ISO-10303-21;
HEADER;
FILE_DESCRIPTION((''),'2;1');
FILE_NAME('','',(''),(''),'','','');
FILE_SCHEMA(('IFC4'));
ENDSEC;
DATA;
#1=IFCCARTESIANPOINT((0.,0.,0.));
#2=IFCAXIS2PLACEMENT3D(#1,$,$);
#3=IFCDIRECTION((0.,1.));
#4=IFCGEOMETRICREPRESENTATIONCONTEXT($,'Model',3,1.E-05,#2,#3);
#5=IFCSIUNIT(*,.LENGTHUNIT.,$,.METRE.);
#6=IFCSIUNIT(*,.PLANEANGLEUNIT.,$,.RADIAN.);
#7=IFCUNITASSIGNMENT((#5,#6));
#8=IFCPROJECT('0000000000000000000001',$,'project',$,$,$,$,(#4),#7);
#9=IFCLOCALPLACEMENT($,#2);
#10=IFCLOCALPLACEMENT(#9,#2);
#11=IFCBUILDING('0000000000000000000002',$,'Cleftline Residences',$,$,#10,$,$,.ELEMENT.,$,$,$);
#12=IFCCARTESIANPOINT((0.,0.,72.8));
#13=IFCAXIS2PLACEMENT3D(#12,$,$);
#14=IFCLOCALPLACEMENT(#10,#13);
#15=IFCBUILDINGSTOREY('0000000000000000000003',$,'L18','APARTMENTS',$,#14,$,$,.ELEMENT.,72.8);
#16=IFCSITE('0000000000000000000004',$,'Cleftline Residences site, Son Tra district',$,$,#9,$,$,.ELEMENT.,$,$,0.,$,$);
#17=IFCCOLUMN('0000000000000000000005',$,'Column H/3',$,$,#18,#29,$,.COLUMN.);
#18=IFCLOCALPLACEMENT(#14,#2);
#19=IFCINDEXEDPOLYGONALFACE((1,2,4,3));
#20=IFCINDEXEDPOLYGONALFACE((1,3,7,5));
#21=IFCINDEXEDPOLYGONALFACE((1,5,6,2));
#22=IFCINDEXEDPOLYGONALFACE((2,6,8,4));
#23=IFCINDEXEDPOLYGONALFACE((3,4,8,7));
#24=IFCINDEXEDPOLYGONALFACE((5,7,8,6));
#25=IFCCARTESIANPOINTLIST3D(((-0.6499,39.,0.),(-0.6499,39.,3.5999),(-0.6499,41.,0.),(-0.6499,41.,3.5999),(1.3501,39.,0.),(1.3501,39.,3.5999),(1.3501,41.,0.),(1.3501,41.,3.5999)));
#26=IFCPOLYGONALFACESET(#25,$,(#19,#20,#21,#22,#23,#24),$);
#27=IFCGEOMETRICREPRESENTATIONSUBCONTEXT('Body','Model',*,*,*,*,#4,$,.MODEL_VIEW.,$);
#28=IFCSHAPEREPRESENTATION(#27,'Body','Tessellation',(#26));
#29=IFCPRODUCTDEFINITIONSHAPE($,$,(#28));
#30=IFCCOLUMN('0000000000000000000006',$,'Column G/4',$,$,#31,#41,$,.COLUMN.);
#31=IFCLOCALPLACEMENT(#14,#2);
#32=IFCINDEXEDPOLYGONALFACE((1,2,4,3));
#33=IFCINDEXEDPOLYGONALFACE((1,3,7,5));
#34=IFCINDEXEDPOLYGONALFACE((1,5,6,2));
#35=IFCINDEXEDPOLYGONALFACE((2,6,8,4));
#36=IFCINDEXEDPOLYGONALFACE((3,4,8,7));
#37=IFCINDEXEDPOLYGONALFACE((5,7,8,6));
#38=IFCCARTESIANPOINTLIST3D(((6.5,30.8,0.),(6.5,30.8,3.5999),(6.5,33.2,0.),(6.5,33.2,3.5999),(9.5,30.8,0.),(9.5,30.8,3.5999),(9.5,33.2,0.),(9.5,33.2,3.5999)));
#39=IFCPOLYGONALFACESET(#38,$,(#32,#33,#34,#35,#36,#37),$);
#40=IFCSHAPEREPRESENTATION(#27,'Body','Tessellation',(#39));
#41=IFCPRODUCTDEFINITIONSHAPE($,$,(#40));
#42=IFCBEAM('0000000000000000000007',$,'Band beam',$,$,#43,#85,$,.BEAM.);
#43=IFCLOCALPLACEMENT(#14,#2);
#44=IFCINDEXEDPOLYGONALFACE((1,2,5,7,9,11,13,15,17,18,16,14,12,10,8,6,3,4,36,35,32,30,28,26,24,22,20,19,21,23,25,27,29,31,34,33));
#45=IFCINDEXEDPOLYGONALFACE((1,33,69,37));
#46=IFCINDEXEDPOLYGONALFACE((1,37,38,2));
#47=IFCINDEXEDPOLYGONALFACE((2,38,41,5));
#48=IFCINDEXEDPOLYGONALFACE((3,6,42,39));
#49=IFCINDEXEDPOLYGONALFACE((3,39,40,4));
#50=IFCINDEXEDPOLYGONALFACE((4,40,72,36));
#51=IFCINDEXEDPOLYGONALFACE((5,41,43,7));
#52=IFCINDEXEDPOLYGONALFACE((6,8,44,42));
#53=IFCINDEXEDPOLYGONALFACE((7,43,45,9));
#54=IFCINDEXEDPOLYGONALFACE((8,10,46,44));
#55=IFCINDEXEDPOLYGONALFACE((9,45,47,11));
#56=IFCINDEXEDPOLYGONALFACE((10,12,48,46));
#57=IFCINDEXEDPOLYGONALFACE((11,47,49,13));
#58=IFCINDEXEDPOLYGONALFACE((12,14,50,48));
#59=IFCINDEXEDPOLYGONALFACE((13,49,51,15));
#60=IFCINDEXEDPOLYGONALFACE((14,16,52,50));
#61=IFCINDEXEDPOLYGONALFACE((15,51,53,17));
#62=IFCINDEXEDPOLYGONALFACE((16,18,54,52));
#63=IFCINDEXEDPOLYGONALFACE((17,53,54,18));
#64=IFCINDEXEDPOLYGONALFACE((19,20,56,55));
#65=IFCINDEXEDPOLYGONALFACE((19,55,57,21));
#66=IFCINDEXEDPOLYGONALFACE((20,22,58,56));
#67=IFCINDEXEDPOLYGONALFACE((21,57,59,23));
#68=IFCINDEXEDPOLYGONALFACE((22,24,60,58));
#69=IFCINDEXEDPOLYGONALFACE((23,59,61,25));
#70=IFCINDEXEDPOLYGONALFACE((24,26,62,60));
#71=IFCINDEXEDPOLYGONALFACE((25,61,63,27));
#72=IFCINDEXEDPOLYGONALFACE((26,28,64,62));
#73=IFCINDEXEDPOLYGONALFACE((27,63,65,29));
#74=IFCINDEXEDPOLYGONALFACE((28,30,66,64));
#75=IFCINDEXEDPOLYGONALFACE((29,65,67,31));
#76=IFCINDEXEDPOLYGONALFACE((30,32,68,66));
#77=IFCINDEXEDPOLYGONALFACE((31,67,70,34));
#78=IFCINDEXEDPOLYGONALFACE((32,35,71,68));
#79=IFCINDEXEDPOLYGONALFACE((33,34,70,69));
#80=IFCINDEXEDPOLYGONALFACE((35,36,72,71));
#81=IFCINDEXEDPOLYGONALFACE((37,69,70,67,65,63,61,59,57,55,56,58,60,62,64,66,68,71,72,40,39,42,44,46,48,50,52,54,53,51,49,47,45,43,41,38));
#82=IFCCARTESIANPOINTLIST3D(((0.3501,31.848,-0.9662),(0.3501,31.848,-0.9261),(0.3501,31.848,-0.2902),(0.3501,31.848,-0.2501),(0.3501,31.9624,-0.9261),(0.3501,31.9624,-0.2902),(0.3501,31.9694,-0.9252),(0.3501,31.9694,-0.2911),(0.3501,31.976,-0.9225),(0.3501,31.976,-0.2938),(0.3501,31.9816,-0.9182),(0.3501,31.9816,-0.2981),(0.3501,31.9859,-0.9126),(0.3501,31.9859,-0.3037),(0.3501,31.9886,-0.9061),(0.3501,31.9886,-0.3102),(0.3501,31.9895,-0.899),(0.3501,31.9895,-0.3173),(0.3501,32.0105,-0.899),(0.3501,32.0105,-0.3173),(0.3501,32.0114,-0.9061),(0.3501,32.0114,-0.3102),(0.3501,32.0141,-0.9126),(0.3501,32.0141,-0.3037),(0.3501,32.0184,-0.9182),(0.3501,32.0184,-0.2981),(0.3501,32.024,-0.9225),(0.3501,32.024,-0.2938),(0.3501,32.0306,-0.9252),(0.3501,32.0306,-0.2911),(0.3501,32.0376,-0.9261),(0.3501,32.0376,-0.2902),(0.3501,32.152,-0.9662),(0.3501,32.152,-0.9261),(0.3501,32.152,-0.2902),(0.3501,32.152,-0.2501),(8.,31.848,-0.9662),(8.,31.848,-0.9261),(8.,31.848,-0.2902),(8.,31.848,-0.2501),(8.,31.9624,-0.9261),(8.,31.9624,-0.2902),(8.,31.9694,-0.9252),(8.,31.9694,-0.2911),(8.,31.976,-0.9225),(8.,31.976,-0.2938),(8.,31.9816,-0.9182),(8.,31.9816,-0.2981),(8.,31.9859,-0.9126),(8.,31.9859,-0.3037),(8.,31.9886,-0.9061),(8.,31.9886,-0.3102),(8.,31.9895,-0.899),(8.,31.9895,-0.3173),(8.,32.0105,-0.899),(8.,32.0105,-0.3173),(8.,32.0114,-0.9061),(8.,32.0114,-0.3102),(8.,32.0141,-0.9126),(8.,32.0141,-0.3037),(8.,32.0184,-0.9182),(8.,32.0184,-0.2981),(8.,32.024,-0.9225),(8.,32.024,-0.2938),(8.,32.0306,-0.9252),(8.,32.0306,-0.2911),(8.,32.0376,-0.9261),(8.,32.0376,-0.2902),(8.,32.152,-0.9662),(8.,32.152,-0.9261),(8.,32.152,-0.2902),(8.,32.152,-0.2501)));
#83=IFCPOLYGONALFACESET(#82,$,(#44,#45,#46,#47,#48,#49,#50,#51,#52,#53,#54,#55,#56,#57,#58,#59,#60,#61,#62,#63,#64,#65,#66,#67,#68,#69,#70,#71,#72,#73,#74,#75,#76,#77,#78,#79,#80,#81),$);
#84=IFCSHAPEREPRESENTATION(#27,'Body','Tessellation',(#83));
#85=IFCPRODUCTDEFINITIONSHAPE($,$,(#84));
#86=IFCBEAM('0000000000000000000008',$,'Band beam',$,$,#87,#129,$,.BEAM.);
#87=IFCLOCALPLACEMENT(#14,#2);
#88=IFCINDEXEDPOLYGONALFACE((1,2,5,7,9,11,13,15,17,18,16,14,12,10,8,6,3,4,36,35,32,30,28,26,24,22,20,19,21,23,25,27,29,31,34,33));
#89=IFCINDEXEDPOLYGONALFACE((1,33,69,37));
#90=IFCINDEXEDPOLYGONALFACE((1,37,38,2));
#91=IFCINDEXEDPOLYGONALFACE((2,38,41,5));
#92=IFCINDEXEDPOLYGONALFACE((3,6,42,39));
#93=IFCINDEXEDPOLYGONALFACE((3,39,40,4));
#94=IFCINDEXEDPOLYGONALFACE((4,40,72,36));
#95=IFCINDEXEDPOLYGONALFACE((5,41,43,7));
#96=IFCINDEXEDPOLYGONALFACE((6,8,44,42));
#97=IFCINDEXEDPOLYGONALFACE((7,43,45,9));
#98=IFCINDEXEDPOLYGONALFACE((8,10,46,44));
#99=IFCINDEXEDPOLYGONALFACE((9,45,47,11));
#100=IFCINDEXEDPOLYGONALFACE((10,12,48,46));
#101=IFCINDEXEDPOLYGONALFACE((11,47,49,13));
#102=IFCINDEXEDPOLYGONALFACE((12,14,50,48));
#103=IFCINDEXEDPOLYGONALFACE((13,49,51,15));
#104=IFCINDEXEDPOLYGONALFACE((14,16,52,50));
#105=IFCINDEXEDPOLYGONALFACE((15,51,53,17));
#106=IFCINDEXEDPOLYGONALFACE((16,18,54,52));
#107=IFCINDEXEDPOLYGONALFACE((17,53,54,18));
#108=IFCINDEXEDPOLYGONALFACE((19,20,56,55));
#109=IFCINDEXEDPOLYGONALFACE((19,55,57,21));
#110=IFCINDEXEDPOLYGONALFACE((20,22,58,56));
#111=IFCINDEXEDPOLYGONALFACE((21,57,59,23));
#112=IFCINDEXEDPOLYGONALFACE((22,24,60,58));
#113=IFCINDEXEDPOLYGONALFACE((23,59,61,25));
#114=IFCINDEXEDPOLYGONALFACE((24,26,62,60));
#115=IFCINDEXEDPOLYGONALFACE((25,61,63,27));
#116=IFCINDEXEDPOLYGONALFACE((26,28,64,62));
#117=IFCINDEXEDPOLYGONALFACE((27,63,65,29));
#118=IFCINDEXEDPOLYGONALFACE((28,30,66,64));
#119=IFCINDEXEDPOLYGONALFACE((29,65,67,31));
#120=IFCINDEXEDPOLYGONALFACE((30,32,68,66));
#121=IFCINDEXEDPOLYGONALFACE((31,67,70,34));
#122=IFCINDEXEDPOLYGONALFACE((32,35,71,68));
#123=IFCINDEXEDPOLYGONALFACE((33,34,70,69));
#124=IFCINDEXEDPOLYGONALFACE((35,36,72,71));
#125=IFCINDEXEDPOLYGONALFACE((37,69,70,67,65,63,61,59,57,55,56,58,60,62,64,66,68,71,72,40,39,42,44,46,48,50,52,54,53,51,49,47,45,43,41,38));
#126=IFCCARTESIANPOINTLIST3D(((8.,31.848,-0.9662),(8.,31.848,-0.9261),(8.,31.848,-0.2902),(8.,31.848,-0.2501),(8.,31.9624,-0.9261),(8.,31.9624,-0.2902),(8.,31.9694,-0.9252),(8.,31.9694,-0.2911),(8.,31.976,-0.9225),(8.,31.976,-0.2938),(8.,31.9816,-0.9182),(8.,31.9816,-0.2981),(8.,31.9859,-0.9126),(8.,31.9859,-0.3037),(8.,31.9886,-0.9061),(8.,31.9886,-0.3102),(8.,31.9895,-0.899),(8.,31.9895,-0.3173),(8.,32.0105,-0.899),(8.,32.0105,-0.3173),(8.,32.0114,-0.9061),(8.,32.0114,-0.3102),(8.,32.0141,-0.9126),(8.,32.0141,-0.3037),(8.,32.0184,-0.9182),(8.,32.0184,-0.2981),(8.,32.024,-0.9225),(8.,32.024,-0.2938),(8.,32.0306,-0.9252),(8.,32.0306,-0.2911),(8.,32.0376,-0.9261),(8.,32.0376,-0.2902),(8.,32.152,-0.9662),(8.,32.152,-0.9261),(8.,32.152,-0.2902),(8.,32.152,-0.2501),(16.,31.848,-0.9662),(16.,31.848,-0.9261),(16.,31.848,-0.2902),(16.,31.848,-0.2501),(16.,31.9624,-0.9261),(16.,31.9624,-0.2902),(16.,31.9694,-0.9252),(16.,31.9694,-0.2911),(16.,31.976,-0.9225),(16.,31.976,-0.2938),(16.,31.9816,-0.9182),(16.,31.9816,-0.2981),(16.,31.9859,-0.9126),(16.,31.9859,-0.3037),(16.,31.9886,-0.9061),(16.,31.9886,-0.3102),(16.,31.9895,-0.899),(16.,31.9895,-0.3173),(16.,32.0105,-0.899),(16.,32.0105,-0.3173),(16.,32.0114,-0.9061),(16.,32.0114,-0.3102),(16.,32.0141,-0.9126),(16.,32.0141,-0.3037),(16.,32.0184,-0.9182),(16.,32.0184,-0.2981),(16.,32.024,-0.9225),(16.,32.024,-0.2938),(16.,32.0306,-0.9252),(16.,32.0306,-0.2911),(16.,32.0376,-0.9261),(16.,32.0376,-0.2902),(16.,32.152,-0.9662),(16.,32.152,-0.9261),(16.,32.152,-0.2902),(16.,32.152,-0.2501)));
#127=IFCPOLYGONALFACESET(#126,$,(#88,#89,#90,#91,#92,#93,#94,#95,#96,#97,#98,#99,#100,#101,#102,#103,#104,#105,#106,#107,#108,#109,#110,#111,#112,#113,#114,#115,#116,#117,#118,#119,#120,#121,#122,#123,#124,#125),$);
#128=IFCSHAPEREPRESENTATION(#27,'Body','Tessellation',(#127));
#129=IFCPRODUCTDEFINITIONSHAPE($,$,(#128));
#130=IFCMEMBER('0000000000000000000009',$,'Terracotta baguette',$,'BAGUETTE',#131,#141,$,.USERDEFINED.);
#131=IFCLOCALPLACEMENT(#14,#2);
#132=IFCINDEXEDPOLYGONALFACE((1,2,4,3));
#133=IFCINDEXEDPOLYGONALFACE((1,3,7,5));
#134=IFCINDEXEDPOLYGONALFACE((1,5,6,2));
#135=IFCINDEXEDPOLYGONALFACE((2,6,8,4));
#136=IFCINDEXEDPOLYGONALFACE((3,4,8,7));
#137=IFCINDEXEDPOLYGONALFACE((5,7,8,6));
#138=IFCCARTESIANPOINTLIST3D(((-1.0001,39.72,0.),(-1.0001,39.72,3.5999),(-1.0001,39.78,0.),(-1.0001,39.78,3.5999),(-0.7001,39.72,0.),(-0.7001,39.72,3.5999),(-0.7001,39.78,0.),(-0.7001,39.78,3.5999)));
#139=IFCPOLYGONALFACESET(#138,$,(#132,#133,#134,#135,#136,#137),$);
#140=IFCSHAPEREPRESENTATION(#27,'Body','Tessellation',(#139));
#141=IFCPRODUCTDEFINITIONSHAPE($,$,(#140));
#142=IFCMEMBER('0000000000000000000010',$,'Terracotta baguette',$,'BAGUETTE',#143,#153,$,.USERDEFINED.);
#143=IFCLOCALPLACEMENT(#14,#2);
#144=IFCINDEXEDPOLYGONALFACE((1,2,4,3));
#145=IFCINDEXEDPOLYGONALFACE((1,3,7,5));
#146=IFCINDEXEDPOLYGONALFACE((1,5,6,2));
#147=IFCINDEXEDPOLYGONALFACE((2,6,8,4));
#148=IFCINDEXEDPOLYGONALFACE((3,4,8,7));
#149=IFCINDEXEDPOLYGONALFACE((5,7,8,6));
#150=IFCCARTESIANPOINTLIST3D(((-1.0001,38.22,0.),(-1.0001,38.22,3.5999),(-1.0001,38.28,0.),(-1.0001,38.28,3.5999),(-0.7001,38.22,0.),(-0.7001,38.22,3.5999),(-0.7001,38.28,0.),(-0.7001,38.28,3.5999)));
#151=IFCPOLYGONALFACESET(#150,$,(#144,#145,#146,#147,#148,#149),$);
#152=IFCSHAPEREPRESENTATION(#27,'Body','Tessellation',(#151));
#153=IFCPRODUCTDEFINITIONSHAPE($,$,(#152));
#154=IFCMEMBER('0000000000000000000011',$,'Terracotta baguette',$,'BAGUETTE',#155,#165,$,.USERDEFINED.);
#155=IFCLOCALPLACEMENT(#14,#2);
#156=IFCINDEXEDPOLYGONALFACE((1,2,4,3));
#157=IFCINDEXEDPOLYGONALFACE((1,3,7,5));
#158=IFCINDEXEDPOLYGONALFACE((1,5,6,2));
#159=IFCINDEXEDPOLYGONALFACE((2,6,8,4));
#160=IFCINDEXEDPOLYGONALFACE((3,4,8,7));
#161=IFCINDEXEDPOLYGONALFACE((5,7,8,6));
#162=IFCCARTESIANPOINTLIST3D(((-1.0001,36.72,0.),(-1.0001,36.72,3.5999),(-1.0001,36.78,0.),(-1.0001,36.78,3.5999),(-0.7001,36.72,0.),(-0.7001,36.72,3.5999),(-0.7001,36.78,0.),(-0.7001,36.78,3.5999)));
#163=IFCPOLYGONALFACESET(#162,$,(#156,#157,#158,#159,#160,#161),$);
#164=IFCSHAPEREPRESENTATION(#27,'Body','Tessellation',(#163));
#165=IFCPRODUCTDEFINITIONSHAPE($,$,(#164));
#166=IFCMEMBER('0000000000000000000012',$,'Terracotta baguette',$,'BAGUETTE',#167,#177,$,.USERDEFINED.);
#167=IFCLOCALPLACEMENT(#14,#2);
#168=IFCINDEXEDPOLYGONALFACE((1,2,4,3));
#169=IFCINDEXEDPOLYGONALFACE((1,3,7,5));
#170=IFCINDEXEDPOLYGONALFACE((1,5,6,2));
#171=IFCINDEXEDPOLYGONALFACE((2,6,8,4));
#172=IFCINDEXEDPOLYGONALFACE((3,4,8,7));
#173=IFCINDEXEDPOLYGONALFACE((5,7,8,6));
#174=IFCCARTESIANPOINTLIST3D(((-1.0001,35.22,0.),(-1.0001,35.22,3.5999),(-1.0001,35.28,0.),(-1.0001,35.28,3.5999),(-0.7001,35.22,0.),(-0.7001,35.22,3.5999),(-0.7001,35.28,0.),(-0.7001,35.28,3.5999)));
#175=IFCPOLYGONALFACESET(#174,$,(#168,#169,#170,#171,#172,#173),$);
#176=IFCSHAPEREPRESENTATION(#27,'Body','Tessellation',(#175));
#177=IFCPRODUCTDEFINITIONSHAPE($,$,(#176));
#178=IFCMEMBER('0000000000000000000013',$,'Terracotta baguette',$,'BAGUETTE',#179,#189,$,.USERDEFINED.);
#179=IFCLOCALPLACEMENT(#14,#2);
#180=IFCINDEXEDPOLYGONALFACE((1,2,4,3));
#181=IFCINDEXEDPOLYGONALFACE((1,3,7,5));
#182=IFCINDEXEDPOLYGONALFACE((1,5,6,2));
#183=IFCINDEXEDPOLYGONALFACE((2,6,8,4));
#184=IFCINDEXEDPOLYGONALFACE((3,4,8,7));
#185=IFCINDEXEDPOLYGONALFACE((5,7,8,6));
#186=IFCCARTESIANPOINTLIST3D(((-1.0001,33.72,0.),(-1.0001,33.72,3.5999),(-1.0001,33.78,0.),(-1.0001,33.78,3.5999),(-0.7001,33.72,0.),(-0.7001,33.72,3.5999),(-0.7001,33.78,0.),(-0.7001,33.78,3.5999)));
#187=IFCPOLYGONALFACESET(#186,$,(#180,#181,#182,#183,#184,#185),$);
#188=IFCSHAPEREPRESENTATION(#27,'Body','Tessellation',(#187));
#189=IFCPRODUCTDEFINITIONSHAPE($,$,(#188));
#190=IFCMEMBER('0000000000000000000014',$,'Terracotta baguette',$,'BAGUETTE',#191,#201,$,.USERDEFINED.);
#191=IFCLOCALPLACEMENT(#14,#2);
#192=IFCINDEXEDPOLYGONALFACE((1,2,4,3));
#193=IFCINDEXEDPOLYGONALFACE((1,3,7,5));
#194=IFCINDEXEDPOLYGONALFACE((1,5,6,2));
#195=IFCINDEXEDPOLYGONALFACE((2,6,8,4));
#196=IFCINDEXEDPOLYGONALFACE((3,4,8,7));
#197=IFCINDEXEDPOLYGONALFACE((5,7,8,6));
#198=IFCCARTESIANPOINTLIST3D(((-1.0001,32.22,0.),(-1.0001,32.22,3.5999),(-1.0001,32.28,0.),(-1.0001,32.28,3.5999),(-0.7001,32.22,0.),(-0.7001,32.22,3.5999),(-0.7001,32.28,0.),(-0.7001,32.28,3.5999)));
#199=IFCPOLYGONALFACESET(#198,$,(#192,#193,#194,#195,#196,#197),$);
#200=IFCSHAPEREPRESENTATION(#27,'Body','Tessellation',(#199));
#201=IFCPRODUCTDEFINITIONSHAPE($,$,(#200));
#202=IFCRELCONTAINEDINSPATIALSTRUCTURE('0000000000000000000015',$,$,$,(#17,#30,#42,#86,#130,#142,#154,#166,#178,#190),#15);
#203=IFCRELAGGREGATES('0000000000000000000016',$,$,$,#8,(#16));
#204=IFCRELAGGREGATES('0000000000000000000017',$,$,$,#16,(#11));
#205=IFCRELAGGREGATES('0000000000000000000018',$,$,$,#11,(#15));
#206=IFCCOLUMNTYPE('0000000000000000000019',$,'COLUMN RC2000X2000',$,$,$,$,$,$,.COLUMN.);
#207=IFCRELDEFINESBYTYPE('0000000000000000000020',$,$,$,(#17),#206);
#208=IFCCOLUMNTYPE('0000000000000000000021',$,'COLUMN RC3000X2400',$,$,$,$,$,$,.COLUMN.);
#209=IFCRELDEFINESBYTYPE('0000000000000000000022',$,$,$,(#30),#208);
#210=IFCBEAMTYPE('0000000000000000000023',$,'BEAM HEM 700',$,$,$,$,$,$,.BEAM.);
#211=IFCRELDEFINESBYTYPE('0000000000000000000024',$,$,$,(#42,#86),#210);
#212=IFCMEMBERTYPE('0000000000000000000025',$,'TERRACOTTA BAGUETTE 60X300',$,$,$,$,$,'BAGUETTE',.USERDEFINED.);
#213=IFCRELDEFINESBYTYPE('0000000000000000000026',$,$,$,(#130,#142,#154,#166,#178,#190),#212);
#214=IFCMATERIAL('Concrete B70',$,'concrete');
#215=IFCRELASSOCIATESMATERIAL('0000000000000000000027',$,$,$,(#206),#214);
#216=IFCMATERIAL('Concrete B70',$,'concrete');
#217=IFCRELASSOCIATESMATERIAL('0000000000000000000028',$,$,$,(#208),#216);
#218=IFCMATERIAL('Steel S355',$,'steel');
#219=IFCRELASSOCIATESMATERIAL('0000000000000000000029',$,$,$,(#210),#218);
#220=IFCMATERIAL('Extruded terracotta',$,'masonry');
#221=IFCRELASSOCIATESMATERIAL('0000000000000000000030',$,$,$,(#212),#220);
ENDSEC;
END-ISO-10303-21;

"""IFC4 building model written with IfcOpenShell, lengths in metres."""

from ifc_helpers import new_model, si_unit, direction, frame, origin, origin_2d, place, context, subcontext, project, spatial, rectangle, i_section, extrude, material, material_profile, profile_set, type_object, element, save


model = new_model("IFC4")

# Units and contexts
model_context = context("Model", 3, precision=1e-05, world=origin(), true_north=direction((0.0, 1.0)))
body_context = subcontext(model_context, "Body", "Model", "MODEL_VIEW")
ifc_project = project(units=[si_unit("LENGTHUNIT", "METRE"), si_unit("PLANEANGLEUNIT", "RADIAN")], contexts=[model_context])

# Site, building, storey
site_placement = place(None, origin())
site = spatial("IfcSite", under=ifc_project, at=site_placement, Name="Cleftline Residences site, Son Tra district", CompositionType="ELEMENT", RefElevation=0.0)
building_placement = place(site_placement, origin())
building = spatial("IfcBuilding", under=site, at=building_placement, Name="Cleftline Residences", CompositionType="ELEMENT")
storey_placement = place(building_placement, frame((0.0, 0.0, 72.8)))
storey = spatial("IfcBuildingStorey", under=building, at=storey_placement, Name="L18", Description="APARTMENTS", CompositionType="ELEMENT", Elevation=72.8)

# Columns
ifc_material_1 = material(Name="Concrete B70", Category="concrete")
ifc_material_profile_1 = material_profile(ifc_material_1, rectangle(XDim=2.0, YDim=2.0, at=origin_2d()))
ifc_profile_set_1 = profile_set([ifc_material_profile_1], Name="Concrete B70")
column_type_1 = type_object("IfcColumnType", Name="COLUMN RC2000X2000", PredefinedType="COLUMN", material=ifc_profile_set_1)
column_1_placement = place(storey_placement, frame((0.3501, 40.0, 0.0), z_axis=(0.0, 0.0, 1.0), x_axis=(1.0, 0.0, 0.0)))
element("IfcColumn", 1, at=column_1_placement, inside=storey, type_object=column_type_1, Name="Column H/3", PredefinedType="COLUMN", context=body_context, shape_type="SweptSolid", body=[
    extrude(rectangle(XDim=2.0, YDim=2.0, at=origin_2d()), origin(), (0.0, 0.0, 1.0), 3.5999),
])
ifc_material_2 = material(Name="Concrete B70", Category="concrete")
ifc_material_profile_2 = material_profile(ifc_material_2, rectangle(XDim=3.0, YDim=2.3999, at=origin_2d()))
ifc_profile_set_2 = profile_set([ifc_material_profile_2], Name="Concrete B70")
column_type_2 = type_object("IfcColumnType", Name="COLUMN RC3000X2400", PredefinedType="COLUMN", material=ifc_profile_set_2)
column_2_placement = place(storey_placement, frame((8.0, 32.0, 0.0), z_axis=(0.0, 0.0, 1.0), x_axis=(1.0, 0.0, 0.0)))
element("IfcColumn", 2, at=column_2_placement, inside=storey, type_object=column_type_2, Name="Column G/4", PredefinedType="COLUMN", context=body_context, shape_type="SweptSolid", body=[
    extrude(rectangle(XDim=3.0, YDim=2.3999, at=origin_2d()), origin(), (0.0, 0.0, 1.0), 3.5999),
])

# Beams
ifc_material_3 = material(Name="Steel S355", Category="steel")
ifc_material_profile_3 = material_profile(ifc_material_3, i_section(OverallWidth=0.304, OverallDepth=0.7161, WebThickness=0.021, FlangeThickness=0.04, FilletRadius=0.0271, at=origin_2d()))
ifc_profile_set_3 = profile_set([ifc_material_profile_3], Name="Steel S355")
beam_type = type_object("IfcBeamType", Name="BEAM HEM 700", PredefinedType="BEAM", material=ifc_profile_set_3)
beam_1_placement = place(storey_placement, frame((0.3501, 32.0, -0.6082), z_axis=(1.0, 0.0, 0.0), x_axis=(0.0, 1.0, 0.0)))
element("IfcBeam", 3, at=beam_1_placement, inside=storey, type_object=beam_type, Name="Band beam", PredefinedType="BEAM", context=body_context, shape_type="SweptSolid", body=[
    extrude(i_section(OverallWidth=0.304, OverallDepth=0.7161, WebThickness=0.021, FlangeThickness=0.04, FilletRadius=0.0271, at=origin_2d()), origin(), (0.0, 0.0, 1.0), 7.6499),
])
beam_2_placement = place(storey_placement, frame((8.0, 32.0, -0.6082), z_axis=(1.0, 0.0, 0.0), x_axis=(0.0, 1.0, 0.0)))
element("IfcBeam", 4, at=beam_2_placement, inside=storey, type_object=beam_type, Name="Band beam", PredefinedType="BEAM", context=body_context, shape_type="SweptSolid", body=[
    extrude(i_section(OverallWidth=0.304, OverallDepth=0.7161, WebThickness=0.021, FlangeThickness=0.04, FilletRadius=0.0271, at=origin_2d()), origin(), (0.0, 0.0, 1.0), 8.0),
])

# Members
ifc_material_4 = material(Name="Extruded terracotta", Category="masonry")
ifc_material_profile_4 = material_profile(ifc_material_4, rectangle(XDim=0.0601, YDim=0.3, at=origin_2d()))
ifc_profile_set_4 = profile_set([ifc_material_profile_4], Name="Extruded terracotta")
member_type = type_object("IfcMemberType", Name="TERRACOTTA BAGUETTE 60X300", ElementType="BAGUETTE", PredefinedType="USERDEFINED", material=ifc_profile_set_4)
for number, where, z_axis, x_axis, name in (
    (5, (-0.8501, 39.75, 0.0), (0.0, 0.0, 1.0), (0.0, 1.0, 0.0), "Terracotta baguette"),
    (6, (-0.8501, 38.25, 0.0), (0.0, 0.0, 1.0), (0.0, 1.0, 0.0), "Terracotta baguette"),
    (7, (-0.8501, 36.75, 0.0), (0.0, 0.0, 1.0), (0.0, 1.0, 0.0), "Terracotta baguette"),
    (8, (-0.8501, 35.25, 0.0), (0.0, 0.0, 1.0), (0.0, 1.0, 0.0), "Terracotta baguette"),
    (9, (-0.8501, 33.75, 0.0), (0.0, 0.0, 1.0), (0.0, 1.0, 0.0), "Terracotta baguette"),
    (10, (-0.8501, 32.25, 0.0), (0.0, 0.0, 1.0), (0.0, 1.0, 0.0), "Terracotta baguette"),
):
    element("IfcMember", number, at=place(storey_placement, frame(where, z_axis=z_axis, x_axis=x_axis)), inside=storey, type_object=member_type, Name=name, ObjectType="BAGUETTE", PredefinedType="USERDEFINED", context=body_context, shape_type="SweptSolid", body=[
        extrude(rectangle(XDim=0.0601, YDim=0.3, at=origin_2d()), origin(), (0.0, 0.0, 1.0), 3.5999),
    ])

save(model, "model.ifc")
